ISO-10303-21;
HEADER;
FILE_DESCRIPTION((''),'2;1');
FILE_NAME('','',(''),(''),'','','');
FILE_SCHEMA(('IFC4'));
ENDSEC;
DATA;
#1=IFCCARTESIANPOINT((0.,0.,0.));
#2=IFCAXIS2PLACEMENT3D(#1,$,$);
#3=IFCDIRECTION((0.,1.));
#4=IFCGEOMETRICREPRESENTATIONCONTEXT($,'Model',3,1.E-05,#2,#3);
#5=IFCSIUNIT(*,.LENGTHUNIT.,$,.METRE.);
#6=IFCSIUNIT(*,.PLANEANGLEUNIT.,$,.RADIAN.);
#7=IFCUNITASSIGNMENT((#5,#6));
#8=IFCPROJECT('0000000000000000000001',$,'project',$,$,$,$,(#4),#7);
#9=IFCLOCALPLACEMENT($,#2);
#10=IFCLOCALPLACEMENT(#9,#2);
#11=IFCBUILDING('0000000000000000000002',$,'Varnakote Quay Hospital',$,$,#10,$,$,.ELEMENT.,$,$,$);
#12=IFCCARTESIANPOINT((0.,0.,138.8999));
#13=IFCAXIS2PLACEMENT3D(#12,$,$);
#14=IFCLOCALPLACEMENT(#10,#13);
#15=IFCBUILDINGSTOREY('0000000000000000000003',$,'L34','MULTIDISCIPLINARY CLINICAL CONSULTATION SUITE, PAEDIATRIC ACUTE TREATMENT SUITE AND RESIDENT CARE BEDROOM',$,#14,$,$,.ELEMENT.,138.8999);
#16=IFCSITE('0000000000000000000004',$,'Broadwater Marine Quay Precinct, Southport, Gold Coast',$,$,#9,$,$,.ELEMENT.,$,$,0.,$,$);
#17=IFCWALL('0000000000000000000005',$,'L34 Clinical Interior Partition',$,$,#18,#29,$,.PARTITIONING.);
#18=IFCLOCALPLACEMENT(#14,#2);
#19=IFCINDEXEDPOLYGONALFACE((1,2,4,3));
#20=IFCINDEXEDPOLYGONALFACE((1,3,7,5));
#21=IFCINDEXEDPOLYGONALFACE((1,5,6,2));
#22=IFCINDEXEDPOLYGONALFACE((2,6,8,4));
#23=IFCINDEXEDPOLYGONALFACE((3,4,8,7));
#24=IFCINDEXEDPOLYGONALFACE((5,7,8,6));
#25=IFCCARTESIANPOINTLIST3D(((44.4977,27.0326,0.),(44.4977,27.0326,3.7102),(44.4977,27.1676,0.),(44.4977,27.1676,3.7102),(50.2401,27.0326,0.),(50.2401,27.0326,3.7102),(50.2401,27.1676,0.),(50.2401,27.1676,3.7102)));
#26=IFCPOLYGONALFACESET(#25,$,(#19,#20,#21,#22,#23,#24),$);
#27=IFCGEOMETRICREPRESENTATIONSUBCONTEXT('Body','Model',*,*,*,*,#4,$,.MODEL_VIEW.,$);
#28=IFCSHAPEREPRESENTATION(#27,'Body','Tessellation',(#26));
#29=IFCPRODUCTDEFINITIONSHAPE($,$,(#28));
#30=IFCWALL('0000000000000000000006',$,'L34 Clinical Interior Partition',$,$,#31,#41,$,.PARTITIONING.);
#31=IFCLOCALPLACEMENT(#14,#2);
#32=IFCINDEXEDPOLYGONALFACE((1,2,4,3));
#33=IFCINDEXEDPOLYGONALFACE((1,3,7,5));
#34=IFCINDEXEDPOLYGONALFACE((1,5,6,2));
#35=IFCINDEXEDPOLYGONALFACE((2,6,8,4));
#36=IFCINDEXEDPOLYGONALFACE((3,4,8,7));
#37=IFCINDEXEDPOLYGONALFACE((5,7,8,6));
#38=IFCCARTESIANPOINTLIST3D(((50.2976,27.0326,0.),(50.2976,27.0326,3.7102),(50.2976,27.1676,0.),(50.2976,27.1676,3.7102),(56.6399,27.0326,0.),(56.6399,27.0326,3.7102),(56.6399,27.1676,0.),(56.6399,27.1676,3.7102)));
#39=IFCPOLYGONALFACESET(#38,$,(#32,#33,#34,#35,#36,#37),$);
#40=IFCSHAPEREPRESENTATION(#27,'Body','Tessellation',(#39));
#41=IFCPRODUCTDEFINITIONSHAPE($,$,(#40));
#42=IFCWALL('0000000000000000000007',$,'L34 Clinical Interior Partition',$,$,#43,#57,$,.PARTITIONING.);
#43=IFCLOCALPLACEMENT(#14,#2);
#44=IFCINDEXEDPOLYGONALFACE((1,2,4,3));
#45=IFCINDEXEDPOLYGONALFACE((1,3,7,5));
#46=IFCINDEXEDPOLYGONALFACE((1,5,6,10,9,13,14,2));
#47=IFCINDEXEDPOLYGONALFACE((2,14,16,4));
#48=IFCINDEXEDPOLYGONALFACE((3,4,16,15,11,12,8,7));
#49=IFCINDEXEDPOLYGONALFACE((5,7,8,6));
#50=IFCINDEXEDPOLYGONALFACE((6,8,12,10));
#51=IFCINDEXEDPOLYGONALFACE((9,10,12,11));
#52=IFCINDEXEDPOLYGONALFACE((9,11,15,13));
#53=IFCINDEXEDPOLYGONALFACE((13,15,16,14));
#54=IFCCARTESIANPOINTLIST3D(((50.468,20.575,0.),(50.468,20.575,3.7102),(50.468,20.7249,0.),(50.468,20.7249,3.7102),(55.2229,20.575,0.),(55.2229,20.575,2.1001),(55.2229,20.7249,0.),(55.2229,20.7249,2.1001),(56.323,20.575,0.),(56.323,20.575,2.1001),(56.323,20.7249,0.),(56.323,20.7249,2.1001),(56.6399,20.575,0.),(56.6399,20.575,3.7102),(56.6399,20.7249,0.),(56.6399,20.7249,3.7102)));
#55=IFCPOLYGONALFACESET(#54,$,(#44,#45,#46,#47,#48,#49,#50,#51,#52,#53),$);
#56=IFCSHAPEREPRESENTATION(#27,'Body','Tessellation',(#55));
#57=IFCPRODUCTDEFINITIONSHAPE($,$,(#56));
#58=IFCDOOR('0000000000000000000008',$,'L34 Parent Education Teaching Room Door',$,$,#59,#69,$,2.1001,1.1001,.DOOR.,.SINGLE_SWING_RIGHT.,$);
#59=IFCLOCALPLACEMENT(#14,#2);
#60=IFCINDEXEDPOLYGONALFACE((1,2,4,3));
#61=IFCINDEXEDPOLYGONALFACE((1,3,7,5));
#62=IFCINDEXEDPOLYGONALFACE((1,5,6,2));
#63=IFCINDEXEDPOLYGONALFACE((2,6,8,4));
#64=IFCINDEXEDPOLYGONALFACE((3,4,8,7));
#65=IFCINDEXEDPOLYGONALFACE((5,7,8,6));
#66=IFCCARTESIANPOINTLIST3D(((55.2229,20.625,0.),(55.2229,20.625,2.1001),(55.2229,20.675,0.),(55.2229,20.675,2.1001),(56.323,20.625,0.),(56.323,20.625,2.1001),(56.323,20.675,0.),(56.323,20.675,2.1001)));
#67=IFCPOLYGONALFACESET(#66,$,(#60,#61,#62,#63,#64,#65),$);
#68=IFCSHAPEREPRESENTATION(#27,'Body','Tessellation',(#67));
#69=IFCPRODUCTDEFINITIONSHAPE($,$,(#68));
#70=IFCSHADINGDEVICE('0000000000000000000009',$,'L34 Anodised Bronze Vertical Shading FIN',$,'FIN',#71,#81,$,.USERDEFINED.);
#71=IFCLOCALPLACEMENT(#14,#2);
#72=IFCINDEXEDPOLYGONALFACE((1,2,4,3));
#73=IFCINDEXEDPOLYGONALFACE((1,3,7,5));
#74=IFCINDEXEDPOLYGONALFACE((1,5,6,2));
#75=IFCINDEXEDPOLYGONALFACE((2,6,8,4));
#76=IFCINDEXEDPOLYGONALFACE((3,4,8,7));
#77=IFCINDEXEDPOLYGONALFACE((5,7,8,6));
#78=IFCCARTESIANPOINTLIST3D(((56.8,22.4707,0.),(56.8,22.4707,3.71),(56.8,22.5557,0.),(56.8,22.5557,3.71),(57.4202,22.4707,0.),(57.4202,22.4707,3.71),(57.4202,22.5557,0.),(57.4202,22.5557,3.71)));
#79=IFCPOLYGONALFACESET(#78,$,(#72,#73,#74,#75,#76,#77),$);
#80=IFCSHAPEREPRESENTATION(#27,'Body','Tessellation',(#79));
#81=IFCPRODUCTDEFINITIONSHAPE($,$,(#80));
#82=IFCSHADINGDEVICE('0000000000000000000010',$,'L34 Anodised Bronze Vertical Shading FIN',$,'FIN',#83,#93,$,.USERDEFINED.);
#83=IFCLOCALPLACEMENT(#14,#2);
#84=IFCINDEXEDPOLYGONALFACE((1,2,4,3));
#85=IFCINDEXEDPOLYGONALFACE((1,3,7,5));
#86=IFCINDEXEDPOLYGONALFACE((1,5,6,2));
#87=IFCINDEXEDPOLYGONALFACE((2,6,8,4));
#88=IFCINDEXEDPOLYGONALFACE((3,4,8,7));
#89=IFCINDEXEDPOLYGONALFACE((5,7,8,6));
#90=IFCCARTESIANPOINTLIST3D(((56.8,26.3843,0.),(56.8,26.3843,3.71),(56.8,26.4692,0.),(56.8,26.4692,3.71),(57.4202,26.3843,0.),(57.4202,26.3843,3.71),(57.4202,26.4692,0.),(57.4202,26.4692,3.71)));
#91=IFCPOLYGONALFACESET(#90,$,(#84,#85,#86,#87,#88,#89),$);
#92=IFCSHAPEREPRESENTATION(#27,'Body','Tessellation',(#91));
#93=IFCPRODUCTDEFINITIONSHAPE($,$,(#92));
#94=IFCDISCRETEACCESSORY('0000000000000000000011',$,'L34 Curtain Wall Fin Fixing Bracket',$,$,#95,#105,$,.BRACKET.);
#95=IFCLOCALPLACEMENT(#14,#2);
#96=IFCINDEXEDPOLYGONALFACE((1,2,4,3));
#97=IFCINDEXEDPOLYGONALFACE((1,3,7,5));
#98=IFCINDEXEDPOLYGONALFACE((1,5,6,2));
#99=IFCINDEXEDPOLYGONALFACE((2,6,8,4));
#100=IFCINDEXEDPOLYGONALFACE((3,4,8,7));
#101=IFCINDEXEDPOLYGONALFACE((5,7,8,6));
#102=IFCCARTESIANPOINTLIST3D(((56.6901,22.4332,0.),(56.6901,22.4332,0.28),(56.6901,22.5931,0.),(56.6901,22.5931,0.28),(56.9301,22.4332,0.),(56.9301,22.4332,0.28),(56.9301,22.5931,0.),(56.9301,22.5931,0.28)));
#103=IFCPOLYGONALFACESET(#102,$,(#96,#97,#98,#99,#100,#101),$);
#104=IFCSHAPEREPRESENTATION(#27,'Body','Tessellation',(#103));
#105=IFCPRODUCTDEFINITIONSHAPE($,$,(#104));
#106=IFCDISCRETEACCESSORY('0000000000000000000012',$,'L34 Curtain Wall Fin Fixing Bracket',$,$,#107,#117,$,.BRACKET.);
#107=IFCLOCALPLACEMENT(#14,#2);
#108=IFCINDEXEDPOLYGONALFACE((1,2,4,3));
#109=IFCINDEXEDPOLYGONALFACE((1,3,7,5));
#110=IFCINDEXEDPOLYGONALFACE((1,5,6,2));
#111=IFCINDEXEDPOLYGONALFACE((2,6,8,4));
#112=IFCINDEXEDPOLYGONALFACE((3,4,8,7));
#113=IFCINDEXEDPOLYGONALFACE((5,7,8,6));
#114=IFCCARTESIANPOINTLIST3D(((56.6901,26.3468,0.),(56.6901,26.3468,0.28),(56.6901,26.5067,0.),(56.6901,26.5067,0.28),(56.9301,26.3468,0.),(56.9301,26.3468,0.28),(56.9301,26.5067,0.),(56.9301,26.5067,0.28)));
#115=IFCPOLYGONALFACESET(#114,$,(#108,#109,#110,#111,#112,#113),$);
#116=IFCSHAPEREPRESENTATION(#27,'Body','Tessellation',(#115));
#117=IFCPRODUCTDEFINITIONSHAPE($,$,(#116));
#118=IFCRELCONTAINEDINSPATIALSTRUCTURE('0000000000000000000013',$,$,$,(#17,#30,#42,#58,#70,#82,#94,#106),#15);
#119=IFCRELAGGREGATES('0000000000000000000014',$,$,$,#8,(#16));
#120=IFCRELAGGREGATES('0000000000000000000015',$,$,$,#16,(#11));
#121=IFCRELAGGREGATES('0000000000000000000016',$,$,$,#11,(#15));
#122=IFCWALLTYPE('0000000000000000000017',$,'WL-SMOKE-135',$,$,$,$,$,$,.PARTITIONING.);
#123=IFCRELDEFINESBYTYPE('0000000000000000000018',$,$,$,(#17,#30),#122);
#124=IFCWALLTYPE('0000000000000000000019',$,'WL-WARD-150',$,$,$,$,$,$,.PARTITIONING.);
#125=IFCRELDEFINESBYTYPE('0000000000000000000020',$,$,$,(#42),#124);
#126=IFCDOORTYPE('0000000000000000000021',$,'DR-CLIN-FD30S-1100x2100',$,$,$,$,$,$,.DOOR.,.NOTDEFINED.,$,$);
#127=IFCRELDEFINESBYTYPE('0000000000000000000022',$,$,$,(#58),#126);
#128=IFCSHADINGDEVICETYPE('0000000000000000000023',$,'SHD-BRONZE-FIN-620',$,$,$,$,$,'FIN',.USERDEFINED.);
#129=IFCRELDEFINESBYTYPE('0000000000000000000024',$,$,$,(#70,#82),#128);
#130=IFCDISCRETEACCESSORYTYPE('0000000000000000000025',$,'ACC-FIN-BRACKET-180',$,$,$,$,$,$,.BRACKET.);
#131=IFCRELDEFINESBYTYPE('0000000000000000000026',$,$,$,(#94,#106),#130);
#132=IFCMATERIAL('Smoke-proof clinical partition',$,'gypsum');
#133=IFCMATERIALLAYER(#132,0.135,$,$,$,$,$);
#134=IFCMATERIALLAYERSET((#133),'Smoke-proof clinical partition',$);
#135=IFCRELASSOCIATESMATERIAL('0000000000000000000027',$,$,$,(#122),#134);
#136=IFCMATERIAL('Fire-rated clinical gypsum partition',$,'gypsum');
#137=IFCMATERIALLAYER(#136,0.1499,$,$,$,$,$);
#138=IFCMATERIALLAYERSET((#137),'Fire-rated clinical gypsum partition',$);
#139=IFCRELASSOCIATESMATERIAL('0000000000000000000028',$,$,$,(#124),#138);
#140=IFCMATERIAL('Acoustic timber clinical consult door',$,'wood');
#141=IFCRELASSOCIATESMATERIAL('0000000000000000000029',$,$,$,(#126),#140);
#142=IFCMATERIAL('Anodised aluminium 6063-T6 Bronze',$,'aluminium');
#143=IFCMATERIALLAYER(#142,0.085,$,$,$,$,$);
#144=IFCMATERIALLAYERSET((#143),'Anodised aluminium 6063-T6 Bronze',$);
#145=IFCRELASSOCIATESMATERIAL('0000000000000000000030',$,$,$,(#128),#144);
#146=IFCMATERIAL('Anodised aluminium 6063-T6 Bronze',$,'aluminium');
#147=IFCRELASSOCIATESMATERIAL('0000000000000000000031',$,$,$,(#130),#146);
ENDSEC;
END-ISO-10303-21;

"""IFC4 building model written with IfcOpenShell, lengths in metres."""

from ifc_helpers import new_model, si_unit, direction, frame, frame_2d, origin, origin_2d, place, context, subcontext, project, spatial, rectangle, extrude, material, layer, layer_set, type_object, element, fill, save


model = new_model("IFC4")

# Units and contexts
model_context = context("Model", 3, precision=1e-05, world=origin(), true_north=direction((0.0, 1.0)))
body_context = subcontext(model_context, "Body", "Model", "MODEL_VIEW")
ifc_project = project(units=[si_unit("LENGTHUNIT", "METRE"), si_unit("PLANEANGLEUNIT", "RADIAN")], contexts=[model_context])

# Site, building, storey
site_placement = place(None, origin())
site = spatial("IfcSite", under=ifc_project, at=site_placement, Name="Broadwater Marine Quay Precinct, Southport, Gold Coast", CompositionType="ELEMENT", RefElevation=0.0)
building_placement = place(site_placement, origin())
building = spatial("IfcBuilding", under=site, at=building_placement, Name="Varnakote Quay Hospital", CompositionType="ELEMENT")
storey_placement = place(building_placement, frame((0.0, 0.0, 138.8999)))
storey = spatial("IfcBuildingStorey", under=building, at=storey_placement, Name="L34", Description="MULTIDISCIPLINARY CLINICAL CONSULTATION SUITE, PAEDIATRIC ACUTE TREATMENT SUITE AND RESIDENT CARE BEDROOM", CompositionType="ELEMENT", Elevation=138.8999)

# Walls
ifc_material_1 = material(Name="Smoke-proof clinical partition", Category="gypsum")
ifc_layer_1 = layer(ifc_material_1, 0.135)
ifc_layer_set_1 = layer_set([ifc_layer_1], Name="Smoke-proof clinical partition")
wall_type_1 = type_object("IfcWallType", Name="WL-SMOKE-135", PredefinedType="PARTITIONING", material=ifc_layer_set_1)
wall_1_placement = place(storey_placement, frame((50.24, 27.1001, 0.0), z_axis=(0.0, 0.0, 1.0), x_axis=(-1.0, 0.0, 0.0)))
element("IfcWall", 1, at=wall_1_placement, inside=storey, type_object=wall_type_1, Name="L34 Clinical Interior Partition", PredefinedType="PARTITIONING", context=body_context, shape_type="SweptSolid", body=[
    extrude(rectangle(XDim=5.7424, YDim=0.135, at=frame_2d((2.8711, 0.0))), origin(), (0.0, 0.0, 1.0), 3.7102),
])
wall_2_placement = place(storey_placement, frame((56.6399, 27.1001, 0.0), z_axis=(0.0, 0.0, 1.0), x_axis=(-1.0, 0.0, 0.0)))
element("IfcWall", 2, at=wall_2_placement, inside=storey, type_object=wall_type_1, Name="L34 Clinical Interior Partition", PredefinedType="PARTITIONING", context=body_context, shape_type="SweptSolid", body=[
    extrude(rectangle(XDim=6.3423, YDim=0.135, at=frame_2d((3.1711, 0.0))), origin(), (0.0, 0.0, 1.0), 3.7102),
])

# Wall, opening, door
ifc_material_2 = material(Name="Fire-rated clinical gypsum partition", Category="gypsum")
ifc_layer_2 = layer(ifc_material_2, 0.1499)
ifc_layer_set_2 = layer_set([ifc_layer_2], Name="Fire-rated clinical gypsum partition")
wall_type_2 = type_object("IfcWallType", Name="WL-WARD-150", PredefinedType="PARTITIONING", material=ifc_layer_set_2)
wall_3_placement = place(storey_placement, frame((56.6399, 20.6499, 0.0), z_axis=(0.0, 0.0, 1.0), x_axis=(-1.0, 0.0, 0.0)))
wall_3 = element("IfcWall", 3, at=wall_3_placement, inside=storey, type_object=wall_type_2, Name="L34 Clinical Interior Partition", PredefinedType="PARTITIONING", context=body_context, shape_type="SweptSolid", body=[
    extrude(rectangle(XDim=6.1719, YDim=0.1499, at=frame_2d((3.0859, 0.0))), origin(), (0.0, 0.0, 1.0), 3.7102),
])
opening_1_placement = place(wall_3_placement, frame((0.3169, 0.0, 0.0)))
opening_1 = element("IfcOpeningElement", 4, at=opening_1_placement, cuts=wall_3, PredefinedType="OPENING", context=body_context, shape_type="SweptSolid", body=[
    extrude(rectangle(XDim=1.1001, YDim=2.1001, at=frame_2d((0.55, 1.05))), frame((0.0, 0.085, 0.0), z_axis=(0.0, -1.0, 0.0), x_axis=(1.0, 0.0, 0.0)), (0.0, 0.0, 1.0), 0.1699),
])
ifc_material_3 = material(Name="Acoustic timber clinical consult door", Category="wood")
door_type_1 = type_object("IfcDoorType", Name="DR-CLIN-FD30S-1100x2100", OperationType="NOTDEFINED", PredefinedType="DOOR", material=ifc_material_3)
door_1_placement = place(opening_1_placement, origin())
door_1 = element("IfcDoor", 5, at=door_1_placement, inside=storey, type_object=door_type_1, Name="L34 Parent Education Teaching Room Door", OperationType="SINGLE_SWING_RIGHT", OverallHeight=2.1001, OverallWidth=1.1001, PredefinedType="DOOR", context=body_context, shape_type="SweptSolid", body=[
    extrude(rectangle(XDim=1.1001, YDim=2.1001, at=frame_2d((0.55, 1.05))), frame((0.0, 0.0249, 0.0), z_axis=(0.0, -1.0, 0.0), x_axis=(1.0, 0.0, 0.0)), (0.0, 0.0, 1.0), 0.05),
])
fill(opening_1, door_1)

# Shading devices
ifc_material_4 = material(Name="Anodised aluminium 6063-T6 Bronze", Category="aluminium")
ifc_layer_3 = layer(ifc_material_4, 0.085)
ifc_layer_set_3 = layer_set([ifc_layer_3], Name="Anodised aluminium 6063-T6 Bronze")
shading_device_type = type_object("IfcShadingDeviceType", Name="SHD-BRONZE-FIN-620", ElementType="FIN", PredefinedType="USERDEFINED", material=ifc_layer_set_3)
for number, where, z_axis, x_axis, name in (
    (6, (57.1101, 22.5132, 0.0), (0.0, 0.0, 1.0), (-1.0, 0.0, 0.0), "L34 Anodised Bronze Vertical Shading FIN"),
    (7, (57.1101, 26.4268, 0.0), (0.0, 0.0, 1.0), (-1.0, 0.0, 0.0), "L34 Anodised Bronze Vertical Shading FIN"),
):
    element("IfcShadingDevice", number, at=place(storey_placement, frame(where, z_axis=z_axis, x_axis=x_axis)), inside=storey, type_object=shading_device_type, Name=name, ObjectType="FIN", PredefinedType="USERDEFINED", context=body_context, shape_type="SweptSolid", body=[
        extrude(rectangle(XDim=0.6201, YDim=0.085, at=origin_2d()), origin(), (0.0, 0.0, 1.0), 3.71),
    ])

# Discrete accessories
ifc_material_5 = material(Name="Anodised aluminium 6063-T6 Bronze", Category="aluminium")
discrete_accessory_type = type_object("IfcDiscreteAccessoryType", Name="ACC-FIN-BRACKET-180", PredefinedType="BRACKET", material=ifc_material_5)
for number, where, z_axis, x_axis, name in (
    (8, (56.8101, 22.5132, 0.0), (0.0, 0.0, 1.0), (0.0, 1.0, 0.0), "L34 Curtain Wall Fin Fixing Bracket"),
    (9, (56.8101, 26.4268, 0.0), (0.0, 0.0, 1.0), (0.0, 1.0, 0.0), "L34 Curtain Wall Fin Fixing Bracket"),
):
    element("IfcDiscreteAccessory", number, at=place(storey_placement, frame(where, z_axis=z_axis, x_axis=x_axis)), inside=storey, type_object=discrete_accessory_type, Name=name, PredefinedType="BRACKET", context=body_context, shape_type="SweptSolid", body=[
        extrude(rectangle(XDim=0.1599, YDim=0.24, at=origin_2d()), origin(), (0.0, 0.0, 1.0), 0.28),
    ])

save(model, "model.ifc")
